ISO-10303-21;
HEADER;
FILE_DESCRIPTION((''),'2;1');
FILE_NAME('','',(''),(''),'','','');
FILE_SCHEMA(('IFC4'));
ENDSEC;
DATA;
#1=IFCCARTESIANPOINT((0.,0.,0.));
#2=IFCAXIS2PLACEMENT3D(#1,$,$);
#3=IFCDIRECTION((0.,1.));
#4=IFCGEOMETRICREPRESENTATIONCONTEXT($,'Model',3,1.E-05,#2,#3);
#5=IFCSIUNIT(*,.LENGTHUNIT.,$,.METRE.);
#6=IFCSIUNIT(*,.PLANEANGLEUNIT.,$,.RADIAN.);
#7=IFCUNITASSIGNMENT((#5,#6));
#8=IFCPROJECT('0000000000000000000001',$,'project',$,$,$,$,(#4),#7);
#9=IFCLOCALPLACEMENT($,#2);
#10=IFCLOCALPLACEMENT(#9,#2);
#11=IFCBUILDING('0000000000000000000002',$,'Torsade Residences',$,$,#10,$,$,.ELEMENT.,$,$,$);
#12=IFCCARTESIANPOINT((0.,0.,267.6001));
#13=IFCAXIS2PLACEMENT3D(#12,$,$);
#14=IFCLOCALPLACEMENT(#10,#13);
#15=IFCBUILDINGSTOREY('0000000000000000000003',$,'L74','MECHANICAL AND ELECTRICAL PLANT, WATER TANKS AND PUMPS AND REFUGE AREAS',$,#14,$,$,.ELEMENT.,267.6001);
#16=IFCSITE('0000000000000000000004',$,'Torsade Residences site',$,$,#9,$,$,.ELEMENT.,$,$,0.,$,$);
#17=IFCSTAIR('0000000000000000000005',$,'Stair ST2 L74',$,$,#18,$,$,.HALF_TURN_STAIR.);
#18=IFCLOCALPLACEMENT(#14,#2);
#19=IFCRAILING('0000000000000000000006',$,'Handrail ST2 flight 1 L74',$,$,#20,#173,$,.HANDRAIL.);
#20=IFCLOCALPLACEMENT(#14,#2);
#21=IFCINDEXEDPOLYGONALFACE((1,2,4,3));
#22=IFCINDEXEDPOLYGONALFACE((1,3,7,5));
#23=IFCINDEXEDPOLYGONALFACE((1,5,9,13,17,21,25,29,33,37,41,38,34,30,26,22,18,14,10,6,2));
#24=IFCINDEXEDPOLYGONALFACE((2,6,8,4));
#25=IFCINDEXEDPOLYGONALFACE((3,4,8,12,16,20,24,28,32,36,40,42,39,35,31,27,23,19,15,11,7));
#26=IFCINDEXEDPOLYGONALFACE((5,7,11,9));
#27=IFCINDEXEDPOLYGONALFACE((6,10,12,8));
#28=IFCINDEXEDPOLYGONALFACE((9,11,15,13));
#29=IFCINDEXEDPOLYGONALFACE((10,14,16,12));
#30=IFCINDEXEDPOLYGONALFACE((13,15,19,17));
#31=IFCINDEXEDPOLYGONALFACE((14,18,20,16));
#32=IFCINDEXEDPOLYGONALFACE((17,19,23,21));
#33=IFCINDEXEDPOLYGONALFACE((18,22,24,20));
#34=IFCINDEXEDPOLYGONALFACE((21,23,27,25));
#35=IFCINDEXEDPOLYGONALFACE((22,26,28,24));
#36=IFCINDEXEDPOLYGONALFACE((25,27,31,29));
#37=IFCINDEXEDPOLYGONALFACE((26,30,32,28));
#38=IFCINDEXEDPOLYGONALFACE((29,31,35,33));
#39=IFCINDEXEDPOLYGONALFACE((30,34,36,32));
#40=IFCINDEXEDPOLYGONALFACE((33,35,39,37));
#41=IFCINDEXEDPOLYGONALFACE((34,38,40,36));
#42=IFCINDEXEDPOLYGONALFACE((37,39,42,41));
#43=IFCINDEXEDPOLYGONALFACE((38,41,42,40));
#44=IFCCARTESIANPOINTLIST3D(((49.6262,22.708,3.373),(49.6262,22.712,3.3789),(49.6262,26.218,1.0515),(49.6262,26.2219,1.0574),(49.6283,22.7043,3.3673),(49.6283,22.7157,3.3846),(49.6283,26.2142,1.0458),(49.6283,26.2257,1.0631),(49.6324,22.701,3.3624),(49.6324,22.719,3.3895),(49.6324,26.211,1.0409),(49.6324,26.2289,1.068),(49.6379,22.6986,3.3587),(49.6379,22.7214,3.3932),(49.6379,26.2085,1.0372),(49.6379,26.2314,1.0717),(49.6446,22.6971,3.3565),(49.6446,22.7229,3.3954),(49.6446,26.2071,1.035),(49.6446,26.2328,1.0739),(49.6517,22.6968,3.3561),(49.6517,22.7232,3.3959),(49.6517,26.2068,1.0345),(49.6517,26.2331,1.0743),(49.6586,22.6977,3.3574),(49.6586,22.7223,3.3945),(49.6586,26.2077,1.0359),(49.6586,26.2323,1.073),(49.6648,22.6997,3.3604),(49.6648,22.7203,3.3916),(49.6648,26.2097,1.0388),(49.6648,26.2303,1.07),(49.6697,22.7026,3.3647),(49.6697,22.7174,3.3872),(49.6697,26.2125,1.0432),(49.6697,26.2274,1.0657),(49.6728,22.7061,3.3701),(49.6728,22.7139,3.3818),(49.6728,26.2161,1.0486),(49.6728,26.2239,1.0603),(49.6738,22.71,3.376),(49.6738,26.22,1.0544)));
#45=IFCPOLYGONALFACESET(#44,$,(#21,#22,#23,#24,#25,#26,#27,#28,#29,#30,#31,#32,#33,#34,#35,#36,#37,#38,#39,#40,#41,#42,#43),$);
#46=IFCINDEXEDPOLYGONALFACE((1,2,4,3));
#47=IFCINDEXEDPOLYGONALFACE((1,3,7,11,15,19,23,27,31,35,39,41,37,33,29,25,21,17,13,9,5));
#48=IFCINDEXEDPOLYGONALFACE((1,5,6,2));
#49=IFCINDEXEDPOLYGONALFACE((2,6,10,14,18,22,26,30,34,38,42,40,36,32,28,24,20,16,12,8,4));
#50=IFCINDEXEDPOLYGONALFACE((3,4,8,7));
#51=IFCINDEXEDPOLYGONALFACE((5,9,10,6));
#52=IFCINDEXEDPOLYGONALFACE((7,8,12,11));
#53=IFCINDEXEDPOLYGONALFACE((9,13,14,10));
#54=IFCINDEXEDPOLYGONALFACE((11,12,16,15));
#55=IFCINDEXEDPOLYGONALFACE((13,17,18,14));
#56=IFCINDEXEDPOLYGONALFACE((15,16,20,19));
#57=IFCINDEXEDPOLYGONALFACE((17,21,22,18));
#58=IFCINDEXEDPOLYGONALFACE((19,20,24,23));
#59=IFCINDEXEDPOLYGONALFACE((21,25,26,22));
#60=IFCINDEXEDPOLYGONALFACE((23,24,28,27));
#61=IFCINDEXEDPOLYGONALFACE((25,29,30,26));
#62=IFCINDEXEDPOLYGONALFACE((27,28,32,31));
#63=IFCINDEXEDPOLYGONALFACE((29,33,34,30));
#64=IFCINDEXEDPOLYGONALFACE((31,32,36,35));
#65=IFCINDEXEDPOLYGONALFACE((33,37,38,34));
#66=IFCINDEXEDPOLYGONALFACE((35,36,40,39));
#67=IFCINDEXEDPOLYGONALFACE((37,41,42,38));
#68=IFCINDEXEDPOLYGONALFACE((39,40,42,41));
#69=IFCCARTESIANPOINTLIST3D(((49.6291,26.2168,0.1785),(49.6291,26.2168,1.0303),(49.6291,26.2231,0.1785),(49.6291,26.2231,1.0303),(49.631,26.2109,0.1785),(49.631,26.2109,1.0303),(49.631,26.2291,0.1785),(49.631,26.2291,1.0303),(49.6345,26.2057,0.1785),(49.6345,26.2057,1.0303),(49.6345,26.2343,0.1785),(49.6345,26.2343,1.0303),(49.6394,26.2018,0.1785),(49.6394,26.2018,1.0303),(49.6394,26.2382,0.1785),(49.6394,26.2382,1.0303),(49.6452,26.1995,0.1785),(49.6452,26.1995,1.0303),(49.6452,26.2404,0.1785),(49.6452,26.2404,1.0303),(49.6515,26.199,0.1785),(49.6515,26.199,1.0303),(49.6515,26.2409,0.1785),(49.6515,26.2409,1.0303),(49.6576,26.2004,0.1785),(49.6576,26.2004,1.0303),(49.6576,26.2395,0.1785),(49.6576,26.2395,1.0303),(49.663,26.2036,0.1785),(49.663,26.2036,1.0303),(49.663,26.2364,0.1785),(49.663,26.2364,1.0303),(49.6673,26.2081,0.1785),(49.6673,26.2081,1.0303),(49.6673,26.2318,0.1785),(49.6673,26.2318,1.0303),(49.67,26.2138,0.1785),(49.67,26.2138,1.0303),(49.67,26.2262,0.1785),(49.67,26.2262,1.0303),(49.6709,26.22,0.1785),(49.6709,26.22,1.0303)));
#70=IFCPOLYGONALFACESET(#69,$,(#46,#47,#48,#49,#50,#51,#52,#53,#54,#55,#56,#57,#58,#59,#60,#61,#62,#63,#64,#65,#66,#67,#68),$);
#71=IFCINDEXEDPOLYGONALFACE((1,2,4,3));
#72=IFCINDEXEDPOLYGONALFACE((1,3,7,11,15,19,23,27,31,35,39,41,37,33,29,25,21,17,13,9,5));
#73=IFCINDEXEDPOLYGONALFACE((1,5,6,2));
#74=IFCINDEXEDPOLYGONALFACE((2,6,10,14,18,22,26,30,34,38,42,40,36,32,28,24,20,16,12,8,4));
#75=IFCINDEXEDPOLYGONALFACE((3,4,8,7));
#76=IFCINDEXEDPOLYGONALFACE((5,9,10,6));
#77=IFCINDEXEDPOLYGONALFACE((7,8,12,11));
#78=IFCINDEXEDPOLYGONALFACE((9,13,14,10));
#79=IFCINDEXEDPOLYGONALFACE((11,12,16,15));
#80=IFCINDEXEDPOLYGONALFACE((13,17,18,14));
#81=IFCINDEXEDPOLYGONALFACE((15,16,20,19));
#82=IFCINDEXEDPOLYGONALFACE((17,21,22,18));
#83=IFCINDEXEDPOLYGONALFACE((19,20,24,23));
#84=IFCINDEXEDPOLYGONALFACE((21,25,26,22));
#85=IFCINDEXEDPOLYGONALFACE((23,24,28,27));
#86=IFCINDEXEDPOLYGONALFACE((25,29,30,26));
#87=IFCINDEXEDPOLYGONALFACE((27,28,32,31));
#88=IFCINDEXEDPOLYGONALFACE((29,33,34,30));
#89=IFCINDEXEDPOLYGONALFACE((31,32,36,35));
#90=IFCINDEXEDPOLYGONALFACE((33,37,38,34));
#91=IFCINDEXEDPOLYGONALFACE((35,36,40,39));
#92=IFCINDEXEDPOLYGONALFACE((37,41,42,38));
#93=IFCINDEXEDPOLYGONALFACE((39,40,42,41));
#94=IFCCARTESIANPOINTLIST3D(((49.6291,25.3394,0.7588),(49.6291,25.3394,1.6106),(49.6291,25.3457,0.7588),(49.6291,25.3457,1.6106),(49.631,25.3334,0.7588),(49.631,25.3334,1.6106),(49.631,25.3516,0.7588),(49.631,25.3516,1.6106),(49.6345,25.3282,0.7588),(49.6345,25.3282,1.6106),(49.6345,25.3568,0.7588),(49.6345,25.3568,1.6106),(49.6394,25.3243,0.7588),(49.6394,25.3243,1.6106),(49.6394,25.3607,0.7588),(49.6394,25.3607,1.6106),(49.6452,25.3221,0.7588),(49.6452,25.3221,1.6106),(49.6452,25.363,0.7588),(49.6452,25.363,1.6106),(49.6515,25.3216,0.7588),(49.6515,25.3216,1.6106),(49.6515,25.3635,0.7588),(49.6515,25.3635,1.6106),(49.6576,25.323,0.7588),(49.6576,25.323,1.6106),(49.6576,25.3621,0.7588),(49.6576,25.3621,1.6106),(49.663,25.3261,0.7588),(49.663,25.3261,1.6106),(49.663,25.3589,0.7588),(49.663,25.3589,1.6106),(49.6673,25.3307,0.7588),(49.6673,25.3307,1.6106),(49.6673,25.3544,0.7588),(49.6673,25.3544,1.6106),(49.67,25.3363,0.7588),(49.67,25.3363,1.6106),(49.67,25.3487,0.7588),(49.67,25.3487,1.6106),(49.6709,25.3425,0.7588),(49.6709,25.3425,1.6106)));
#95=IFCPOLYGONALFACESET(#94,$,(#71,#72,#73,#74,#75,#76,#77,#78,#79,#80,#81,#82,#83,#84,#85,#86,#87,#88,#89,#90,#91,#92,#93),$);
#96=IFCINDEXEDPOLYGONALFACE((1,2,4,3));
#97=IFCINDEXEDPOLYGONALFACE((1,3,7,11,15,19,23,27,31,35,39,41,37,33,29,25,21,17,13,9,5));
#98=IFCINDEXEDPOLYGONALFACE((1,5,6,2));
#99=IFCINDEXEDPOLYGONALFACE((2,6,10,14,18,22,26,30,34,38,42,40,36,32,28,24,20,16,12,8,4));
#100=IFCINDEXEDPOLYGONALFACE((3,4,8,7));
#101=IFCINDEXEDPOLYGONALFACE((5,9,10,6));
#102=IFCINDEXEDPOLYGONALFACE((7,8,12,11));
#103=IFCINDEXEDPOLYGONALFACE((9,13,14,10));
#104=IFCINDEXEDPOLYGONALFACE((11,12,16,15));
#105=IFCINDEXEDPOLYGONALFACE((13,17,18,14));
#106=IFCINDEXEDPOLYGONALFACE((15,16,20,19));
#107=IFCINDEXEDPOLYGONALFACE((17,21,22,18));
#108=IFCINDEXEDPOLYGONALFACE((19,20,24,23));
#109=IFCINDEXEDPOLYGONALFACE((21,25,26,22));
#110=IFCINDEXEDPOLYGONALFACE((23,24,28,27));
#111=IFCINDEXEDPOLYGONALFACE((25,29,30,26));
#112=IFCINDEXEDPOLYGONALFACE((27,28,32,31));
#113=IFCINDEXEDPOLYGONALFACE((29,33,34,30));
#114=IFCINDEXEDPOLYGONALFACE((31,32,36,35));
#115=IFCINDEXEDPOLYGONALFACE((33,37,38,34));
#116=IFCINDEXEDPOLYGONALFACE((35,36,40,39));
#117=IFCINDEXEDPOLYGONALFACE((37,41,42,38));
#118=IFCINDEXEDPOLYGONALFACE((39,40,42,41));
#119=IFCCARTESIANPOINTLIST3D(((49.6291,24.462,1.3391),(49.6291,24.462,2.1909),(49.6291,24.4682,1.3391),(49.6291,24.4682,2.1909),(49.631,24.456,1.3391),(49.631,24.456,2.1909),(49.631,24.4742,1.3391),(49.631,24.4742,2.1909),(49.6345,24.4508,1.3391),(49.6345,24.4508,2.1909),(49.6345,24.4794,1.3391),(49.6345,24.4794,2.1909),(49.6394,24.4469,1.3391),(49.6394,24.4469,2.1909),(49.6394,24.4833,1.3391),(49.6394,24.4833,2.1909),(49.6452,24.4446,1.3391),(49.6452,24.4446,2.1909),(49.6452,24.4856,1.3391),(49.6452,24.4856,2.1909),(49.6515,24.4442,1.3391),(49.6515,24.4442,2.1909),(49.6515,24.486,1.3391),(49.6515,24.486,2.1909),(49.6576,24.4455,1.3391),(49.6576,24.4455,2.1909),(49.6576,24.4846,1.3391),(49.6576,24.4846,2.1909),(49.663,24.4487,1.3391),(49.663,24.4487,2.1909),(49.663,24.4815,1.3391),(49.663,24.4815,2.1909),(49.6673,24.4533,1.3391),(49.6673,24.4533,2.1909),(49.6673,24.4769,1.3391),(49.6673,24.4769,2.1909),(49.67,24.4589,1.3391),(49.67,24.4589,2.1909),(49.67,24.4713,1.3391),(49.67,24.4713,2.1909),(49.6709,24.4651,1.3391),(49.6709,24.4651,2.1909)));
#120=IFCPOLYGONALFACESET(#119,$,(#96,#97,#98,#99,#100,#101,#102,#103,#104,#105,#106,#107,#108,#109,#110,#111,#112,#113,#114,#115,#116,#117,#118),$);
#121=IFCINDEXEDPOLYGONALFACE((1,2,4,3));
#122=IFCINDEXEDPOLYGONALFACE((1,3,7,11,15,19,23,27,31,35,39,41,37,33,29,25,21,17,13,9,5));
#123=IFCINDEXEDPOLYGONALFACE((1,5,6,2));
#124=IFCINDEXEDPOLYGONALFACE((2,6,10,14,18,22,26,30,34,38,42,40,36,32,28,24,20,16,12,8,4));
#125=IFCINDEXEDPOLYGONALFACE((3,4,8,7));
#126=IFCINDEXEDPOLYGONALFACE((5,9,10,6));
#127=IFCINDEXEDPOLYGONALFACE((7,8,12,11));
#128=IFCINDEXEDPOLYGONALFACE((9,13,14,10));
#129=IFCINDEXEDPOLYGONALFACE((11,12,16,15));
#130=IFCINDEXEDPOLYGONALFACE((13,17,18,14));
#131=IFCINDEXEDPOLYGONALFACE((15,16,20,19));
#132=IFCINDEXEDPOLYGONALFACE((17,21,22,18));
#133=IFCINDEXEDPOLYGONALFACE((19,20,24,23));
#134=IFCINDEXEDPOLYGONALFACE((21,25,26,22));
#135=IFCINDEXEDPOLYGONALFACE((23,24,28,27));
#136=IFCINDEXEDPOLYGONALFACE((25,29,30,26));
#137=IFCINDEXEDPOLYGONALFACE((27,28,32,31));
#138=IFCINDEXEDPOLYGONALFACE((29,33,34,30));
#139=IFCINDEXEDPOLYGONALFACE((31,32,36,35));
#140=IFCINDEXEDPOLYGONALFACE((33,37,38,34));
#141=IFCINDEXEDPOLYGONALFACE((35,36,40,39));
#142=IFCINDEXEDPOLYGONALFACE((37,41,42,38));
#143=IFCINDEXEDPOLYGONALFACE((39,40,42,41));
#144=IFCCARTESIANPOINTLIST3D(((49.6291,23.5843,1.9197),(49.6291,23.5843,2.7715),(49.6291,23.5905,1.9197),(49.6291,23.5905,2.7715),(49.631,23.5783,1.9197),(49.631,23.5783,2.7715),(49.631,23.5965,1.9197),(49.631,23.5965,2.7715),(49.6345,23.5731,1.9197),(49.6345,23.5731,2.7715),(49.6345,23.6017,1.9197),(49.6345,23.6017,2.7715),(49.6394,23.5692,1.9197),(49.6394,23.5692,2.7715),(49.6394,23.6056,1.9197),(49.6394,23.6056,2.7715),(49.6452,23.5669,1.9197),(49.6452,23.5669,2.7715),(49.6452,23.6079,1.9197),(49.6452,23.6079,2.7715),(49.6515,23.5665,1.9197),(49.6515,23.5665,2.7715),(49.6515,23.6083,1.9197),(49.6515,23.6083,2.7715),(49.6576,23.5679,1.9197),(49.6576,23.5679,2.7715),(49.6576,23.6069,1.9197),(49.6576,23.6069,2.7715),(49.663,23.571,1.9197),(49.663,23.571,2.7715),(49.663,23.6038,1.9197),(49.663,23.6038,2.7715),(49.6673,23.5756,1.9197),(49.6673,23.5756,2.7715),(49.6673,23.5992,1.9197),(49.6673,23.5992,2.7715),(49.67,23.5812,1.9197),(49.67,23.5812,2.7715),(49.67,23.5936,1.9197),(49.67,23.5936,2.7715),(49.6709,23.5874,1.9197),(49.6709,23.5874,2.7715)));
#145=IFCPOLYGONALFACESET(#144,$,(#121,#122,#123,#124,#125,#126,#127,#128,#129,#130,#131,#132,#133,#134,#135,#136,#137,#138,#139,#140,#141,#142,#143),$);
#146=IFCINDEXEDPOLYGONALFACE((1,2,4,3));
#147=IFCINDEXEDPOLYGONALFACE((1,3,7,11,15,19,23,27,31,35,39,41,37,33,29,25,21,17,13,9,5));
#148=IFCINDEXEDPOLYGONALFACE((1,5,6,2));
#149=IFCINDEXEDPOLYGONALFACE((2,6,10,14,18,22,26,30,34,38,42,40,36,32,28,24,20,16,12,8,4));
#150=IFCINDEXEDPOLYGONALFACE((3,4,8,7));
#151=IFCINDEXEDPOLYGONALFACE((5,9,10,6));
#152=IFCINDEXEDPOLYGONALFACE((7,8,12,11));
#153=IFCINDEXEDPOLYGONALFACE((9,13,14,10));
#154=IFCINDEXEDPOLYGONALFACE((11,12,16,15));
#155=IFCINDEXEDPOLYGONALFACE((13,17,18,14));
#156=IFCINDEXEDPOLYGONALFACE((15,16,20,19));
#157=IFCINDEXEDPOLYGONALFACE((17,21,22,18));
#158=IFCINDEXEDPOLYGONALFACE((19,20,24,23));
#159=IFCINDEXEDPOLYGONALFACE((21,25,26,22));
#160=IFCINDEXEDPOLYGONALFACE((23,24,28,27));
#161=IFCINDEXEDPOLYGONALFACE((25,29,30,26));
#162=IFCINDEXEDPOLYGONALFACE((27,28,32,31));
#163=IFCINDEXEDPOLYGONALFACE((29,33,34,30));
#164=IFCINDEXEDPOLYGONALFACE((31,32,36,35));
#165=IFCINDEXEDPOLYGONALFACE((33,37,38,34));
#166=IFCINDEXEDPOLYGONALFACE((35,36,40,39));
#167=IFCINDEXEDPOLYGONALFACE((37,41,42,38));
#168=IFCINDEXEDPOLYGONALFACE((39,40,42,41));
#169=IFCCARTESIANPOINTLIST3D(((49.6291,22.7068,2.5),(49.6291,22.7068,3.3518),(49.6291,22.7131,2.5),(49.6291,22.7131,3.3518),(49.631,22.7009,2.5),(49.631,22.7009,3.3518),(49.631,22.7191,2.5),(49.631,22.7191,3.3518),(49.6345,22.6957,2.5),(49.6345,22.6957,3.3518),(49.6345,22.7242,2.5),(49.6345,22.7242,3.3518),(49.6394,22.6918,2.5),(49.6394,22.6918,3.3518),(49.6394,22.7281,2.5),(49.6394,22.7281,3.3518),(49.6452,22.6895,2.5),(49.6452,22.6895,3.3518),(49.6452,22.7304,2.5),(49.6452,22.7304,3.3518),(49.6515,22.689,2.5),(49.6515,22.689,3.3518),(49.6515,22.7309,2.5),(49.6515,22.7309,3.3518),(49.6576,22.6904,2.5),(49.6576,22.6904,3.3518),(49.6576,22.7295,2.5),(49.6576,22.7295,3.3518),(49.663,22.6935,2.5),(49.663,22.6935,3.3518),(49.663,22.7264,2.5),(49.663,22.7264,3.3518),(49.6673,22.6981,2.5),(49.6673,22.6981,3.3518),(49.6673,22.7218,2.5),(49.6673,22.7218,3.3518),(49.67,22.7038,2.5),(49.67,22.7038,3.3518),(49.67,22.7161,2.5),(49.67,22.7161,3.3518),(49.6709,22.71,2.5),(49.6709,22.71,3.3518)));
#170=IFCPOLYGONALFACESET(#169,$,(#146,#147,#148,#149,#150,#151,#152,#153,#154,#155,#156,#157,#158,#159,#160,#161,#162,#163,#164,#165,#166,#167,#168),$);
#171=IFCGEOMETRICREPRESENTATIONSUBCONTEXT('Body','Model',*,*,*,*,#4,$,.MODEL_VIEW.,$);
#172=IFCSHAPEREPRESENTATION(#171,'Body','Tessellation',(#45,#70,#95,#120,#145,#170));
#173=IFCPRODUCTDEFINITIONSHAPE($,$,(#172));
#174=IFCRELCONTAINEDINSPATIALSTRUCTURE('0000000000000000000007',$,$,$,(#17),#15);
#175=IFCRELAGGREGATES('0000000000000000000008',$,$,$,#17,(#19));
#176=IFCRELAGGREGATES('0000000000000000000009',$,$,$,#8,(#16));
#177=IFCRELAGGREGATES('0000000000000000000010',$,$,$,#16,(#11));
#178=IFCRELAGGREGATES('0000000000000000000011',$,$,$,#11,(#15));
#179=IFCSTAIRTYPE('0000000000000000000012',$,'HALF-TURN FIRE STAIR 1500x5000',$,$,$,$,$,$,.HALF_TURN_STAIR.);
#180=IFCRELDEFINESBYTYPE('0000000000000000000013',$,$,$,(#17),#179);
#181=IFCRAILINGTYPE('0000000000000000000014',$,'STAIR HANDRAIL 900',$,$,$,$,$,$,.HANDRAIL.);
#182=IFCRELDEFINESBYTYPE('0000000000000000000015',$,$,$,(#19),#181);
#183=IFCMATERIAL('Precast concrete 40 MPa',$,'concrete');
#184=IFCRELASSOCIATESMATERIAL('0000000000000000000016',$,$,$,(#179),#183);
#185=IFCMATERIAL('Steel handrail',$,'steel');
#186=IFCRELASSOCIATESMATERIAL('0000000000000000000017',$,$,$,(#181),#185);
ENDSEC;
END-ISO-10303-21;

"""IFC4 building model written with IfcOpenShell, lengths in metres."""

from ifc_helpers import new_model, si_unit, direction, frame, origin, origin_2d, place, context, subcontext, project, spatial, circle, extrude, material, type_object, element, aggregate, save


model = new_model("IFC4")

# Units and contexts
model_context = context("Model", 3, precision=1e-05, world=origin(), true_north=direction((0.0, 1.0)))
body_context = subcontext(model_context, "Body", "Model", "MODEL_VIEW")
ifc_project = project(units=[si_unit("LENGTHUNIT", "METRE"), si_unit("PLANEANGLEUNIT", "RADIAN")], contexts=[model_context])

# Site, building, storey
site_placement = place(None, origin())
site = spatial("IfcSite", under=ifc_project, at=site_placement, Name="Torsade Residences site", CompositionType="ELEMENT", RefElevation=0.0)
building_placement = place(site_placement, origin())
building = spatial("IfcBuilding", under=site, at=building_placement, Name="Torsade Residences", CompositionType="ELEMENT")
storey_placement = place(building_placement, frame((0.0, 0.0, 267.6001)))
storey = spatial("IfcBuildingStorey", under=building, at=storey_placement, Name="L74", Description="MECHANICAL AND ELECTRICAL PLANT, WATER TANKS AND PUMPS AND REFUGE AREAS", CompositionType="ELEMENT", Elevation=267.6001)

# Stair, railing
ifc_material_1 = material(Name="Precast concrete 40 MPa", Category="concrete")
stair_type = type_object("IfcStairType", Name="HALF-TURN FIRE STAIR 1500x5000", PredefinedType="HALF_TURN_STAIR", material=ifc_material_1)
stair_placement = place(storey_placement, origin())
stair = element("IfcStair", 1, at=stair_placement, inside=storey, type_object=stair_type, Name="Stair ST2 L74", PredefinedType="HALF_TURN_STAIR")
ifc_material_2 = material(Name="Steel handrail", Category="steel")
railing_type = type_object("IfcRailingType", Name="STAIR HANDRAIL 900", PredefinedType="HANDRAIL", material=ifc_material_2)
railing_1_placement = place(storey_placement, frame((49.6499, 26.22, 0.1785)))
railing_1 = element("IfcRailing", 2, at=railing_1_placement, type_object=railing_type, Name="Handrail ST2 flight 1 L74", PredefinedType="HANDRAIL", context=body_context, shape_type="SweptSolid", body=[
    extrude(circle(Radius=0.0239, at=origin_2d()), frame((0.0, 0.0, 0.876), z_axis=(0.0, -0.834071, 0.551657), x_axis=(1.0, 0.0, 0.0)), (0.0, 0.0, 1.0), 4.2083),
    extrude(circle(Radius=0.021, at=origin_2d()), origin(), (0.0, 0.0, 1.0), 0.8518),
    extrude(circle(Radius=0.021, at=origin_2d()), frame((0.0, -0.8774, 0.5803)), (0.0, 0.0, 1.0), 0.8518),
    extrude(circle(Radius=0.021, at=origin_2d()), frame((0.0, -1.7549, 1.1606)), (0.0, 0.0, 1.0), 0.8518),
    extrude(circle(Radius=0.021, at=origin_2d()), frame((0.0, -2.6326, 1.7412)), (0.0, 0.0, 1.0), 0.8518),
    extrude(circle(Radius=0.021, at=origin_2d()), frame((0.0, -3.51, 2.3215)), (0.0, 0.0, 1.0), 0.8518),
])
aggregate(stair, [railing_1])

save(model, "model.ifc")
